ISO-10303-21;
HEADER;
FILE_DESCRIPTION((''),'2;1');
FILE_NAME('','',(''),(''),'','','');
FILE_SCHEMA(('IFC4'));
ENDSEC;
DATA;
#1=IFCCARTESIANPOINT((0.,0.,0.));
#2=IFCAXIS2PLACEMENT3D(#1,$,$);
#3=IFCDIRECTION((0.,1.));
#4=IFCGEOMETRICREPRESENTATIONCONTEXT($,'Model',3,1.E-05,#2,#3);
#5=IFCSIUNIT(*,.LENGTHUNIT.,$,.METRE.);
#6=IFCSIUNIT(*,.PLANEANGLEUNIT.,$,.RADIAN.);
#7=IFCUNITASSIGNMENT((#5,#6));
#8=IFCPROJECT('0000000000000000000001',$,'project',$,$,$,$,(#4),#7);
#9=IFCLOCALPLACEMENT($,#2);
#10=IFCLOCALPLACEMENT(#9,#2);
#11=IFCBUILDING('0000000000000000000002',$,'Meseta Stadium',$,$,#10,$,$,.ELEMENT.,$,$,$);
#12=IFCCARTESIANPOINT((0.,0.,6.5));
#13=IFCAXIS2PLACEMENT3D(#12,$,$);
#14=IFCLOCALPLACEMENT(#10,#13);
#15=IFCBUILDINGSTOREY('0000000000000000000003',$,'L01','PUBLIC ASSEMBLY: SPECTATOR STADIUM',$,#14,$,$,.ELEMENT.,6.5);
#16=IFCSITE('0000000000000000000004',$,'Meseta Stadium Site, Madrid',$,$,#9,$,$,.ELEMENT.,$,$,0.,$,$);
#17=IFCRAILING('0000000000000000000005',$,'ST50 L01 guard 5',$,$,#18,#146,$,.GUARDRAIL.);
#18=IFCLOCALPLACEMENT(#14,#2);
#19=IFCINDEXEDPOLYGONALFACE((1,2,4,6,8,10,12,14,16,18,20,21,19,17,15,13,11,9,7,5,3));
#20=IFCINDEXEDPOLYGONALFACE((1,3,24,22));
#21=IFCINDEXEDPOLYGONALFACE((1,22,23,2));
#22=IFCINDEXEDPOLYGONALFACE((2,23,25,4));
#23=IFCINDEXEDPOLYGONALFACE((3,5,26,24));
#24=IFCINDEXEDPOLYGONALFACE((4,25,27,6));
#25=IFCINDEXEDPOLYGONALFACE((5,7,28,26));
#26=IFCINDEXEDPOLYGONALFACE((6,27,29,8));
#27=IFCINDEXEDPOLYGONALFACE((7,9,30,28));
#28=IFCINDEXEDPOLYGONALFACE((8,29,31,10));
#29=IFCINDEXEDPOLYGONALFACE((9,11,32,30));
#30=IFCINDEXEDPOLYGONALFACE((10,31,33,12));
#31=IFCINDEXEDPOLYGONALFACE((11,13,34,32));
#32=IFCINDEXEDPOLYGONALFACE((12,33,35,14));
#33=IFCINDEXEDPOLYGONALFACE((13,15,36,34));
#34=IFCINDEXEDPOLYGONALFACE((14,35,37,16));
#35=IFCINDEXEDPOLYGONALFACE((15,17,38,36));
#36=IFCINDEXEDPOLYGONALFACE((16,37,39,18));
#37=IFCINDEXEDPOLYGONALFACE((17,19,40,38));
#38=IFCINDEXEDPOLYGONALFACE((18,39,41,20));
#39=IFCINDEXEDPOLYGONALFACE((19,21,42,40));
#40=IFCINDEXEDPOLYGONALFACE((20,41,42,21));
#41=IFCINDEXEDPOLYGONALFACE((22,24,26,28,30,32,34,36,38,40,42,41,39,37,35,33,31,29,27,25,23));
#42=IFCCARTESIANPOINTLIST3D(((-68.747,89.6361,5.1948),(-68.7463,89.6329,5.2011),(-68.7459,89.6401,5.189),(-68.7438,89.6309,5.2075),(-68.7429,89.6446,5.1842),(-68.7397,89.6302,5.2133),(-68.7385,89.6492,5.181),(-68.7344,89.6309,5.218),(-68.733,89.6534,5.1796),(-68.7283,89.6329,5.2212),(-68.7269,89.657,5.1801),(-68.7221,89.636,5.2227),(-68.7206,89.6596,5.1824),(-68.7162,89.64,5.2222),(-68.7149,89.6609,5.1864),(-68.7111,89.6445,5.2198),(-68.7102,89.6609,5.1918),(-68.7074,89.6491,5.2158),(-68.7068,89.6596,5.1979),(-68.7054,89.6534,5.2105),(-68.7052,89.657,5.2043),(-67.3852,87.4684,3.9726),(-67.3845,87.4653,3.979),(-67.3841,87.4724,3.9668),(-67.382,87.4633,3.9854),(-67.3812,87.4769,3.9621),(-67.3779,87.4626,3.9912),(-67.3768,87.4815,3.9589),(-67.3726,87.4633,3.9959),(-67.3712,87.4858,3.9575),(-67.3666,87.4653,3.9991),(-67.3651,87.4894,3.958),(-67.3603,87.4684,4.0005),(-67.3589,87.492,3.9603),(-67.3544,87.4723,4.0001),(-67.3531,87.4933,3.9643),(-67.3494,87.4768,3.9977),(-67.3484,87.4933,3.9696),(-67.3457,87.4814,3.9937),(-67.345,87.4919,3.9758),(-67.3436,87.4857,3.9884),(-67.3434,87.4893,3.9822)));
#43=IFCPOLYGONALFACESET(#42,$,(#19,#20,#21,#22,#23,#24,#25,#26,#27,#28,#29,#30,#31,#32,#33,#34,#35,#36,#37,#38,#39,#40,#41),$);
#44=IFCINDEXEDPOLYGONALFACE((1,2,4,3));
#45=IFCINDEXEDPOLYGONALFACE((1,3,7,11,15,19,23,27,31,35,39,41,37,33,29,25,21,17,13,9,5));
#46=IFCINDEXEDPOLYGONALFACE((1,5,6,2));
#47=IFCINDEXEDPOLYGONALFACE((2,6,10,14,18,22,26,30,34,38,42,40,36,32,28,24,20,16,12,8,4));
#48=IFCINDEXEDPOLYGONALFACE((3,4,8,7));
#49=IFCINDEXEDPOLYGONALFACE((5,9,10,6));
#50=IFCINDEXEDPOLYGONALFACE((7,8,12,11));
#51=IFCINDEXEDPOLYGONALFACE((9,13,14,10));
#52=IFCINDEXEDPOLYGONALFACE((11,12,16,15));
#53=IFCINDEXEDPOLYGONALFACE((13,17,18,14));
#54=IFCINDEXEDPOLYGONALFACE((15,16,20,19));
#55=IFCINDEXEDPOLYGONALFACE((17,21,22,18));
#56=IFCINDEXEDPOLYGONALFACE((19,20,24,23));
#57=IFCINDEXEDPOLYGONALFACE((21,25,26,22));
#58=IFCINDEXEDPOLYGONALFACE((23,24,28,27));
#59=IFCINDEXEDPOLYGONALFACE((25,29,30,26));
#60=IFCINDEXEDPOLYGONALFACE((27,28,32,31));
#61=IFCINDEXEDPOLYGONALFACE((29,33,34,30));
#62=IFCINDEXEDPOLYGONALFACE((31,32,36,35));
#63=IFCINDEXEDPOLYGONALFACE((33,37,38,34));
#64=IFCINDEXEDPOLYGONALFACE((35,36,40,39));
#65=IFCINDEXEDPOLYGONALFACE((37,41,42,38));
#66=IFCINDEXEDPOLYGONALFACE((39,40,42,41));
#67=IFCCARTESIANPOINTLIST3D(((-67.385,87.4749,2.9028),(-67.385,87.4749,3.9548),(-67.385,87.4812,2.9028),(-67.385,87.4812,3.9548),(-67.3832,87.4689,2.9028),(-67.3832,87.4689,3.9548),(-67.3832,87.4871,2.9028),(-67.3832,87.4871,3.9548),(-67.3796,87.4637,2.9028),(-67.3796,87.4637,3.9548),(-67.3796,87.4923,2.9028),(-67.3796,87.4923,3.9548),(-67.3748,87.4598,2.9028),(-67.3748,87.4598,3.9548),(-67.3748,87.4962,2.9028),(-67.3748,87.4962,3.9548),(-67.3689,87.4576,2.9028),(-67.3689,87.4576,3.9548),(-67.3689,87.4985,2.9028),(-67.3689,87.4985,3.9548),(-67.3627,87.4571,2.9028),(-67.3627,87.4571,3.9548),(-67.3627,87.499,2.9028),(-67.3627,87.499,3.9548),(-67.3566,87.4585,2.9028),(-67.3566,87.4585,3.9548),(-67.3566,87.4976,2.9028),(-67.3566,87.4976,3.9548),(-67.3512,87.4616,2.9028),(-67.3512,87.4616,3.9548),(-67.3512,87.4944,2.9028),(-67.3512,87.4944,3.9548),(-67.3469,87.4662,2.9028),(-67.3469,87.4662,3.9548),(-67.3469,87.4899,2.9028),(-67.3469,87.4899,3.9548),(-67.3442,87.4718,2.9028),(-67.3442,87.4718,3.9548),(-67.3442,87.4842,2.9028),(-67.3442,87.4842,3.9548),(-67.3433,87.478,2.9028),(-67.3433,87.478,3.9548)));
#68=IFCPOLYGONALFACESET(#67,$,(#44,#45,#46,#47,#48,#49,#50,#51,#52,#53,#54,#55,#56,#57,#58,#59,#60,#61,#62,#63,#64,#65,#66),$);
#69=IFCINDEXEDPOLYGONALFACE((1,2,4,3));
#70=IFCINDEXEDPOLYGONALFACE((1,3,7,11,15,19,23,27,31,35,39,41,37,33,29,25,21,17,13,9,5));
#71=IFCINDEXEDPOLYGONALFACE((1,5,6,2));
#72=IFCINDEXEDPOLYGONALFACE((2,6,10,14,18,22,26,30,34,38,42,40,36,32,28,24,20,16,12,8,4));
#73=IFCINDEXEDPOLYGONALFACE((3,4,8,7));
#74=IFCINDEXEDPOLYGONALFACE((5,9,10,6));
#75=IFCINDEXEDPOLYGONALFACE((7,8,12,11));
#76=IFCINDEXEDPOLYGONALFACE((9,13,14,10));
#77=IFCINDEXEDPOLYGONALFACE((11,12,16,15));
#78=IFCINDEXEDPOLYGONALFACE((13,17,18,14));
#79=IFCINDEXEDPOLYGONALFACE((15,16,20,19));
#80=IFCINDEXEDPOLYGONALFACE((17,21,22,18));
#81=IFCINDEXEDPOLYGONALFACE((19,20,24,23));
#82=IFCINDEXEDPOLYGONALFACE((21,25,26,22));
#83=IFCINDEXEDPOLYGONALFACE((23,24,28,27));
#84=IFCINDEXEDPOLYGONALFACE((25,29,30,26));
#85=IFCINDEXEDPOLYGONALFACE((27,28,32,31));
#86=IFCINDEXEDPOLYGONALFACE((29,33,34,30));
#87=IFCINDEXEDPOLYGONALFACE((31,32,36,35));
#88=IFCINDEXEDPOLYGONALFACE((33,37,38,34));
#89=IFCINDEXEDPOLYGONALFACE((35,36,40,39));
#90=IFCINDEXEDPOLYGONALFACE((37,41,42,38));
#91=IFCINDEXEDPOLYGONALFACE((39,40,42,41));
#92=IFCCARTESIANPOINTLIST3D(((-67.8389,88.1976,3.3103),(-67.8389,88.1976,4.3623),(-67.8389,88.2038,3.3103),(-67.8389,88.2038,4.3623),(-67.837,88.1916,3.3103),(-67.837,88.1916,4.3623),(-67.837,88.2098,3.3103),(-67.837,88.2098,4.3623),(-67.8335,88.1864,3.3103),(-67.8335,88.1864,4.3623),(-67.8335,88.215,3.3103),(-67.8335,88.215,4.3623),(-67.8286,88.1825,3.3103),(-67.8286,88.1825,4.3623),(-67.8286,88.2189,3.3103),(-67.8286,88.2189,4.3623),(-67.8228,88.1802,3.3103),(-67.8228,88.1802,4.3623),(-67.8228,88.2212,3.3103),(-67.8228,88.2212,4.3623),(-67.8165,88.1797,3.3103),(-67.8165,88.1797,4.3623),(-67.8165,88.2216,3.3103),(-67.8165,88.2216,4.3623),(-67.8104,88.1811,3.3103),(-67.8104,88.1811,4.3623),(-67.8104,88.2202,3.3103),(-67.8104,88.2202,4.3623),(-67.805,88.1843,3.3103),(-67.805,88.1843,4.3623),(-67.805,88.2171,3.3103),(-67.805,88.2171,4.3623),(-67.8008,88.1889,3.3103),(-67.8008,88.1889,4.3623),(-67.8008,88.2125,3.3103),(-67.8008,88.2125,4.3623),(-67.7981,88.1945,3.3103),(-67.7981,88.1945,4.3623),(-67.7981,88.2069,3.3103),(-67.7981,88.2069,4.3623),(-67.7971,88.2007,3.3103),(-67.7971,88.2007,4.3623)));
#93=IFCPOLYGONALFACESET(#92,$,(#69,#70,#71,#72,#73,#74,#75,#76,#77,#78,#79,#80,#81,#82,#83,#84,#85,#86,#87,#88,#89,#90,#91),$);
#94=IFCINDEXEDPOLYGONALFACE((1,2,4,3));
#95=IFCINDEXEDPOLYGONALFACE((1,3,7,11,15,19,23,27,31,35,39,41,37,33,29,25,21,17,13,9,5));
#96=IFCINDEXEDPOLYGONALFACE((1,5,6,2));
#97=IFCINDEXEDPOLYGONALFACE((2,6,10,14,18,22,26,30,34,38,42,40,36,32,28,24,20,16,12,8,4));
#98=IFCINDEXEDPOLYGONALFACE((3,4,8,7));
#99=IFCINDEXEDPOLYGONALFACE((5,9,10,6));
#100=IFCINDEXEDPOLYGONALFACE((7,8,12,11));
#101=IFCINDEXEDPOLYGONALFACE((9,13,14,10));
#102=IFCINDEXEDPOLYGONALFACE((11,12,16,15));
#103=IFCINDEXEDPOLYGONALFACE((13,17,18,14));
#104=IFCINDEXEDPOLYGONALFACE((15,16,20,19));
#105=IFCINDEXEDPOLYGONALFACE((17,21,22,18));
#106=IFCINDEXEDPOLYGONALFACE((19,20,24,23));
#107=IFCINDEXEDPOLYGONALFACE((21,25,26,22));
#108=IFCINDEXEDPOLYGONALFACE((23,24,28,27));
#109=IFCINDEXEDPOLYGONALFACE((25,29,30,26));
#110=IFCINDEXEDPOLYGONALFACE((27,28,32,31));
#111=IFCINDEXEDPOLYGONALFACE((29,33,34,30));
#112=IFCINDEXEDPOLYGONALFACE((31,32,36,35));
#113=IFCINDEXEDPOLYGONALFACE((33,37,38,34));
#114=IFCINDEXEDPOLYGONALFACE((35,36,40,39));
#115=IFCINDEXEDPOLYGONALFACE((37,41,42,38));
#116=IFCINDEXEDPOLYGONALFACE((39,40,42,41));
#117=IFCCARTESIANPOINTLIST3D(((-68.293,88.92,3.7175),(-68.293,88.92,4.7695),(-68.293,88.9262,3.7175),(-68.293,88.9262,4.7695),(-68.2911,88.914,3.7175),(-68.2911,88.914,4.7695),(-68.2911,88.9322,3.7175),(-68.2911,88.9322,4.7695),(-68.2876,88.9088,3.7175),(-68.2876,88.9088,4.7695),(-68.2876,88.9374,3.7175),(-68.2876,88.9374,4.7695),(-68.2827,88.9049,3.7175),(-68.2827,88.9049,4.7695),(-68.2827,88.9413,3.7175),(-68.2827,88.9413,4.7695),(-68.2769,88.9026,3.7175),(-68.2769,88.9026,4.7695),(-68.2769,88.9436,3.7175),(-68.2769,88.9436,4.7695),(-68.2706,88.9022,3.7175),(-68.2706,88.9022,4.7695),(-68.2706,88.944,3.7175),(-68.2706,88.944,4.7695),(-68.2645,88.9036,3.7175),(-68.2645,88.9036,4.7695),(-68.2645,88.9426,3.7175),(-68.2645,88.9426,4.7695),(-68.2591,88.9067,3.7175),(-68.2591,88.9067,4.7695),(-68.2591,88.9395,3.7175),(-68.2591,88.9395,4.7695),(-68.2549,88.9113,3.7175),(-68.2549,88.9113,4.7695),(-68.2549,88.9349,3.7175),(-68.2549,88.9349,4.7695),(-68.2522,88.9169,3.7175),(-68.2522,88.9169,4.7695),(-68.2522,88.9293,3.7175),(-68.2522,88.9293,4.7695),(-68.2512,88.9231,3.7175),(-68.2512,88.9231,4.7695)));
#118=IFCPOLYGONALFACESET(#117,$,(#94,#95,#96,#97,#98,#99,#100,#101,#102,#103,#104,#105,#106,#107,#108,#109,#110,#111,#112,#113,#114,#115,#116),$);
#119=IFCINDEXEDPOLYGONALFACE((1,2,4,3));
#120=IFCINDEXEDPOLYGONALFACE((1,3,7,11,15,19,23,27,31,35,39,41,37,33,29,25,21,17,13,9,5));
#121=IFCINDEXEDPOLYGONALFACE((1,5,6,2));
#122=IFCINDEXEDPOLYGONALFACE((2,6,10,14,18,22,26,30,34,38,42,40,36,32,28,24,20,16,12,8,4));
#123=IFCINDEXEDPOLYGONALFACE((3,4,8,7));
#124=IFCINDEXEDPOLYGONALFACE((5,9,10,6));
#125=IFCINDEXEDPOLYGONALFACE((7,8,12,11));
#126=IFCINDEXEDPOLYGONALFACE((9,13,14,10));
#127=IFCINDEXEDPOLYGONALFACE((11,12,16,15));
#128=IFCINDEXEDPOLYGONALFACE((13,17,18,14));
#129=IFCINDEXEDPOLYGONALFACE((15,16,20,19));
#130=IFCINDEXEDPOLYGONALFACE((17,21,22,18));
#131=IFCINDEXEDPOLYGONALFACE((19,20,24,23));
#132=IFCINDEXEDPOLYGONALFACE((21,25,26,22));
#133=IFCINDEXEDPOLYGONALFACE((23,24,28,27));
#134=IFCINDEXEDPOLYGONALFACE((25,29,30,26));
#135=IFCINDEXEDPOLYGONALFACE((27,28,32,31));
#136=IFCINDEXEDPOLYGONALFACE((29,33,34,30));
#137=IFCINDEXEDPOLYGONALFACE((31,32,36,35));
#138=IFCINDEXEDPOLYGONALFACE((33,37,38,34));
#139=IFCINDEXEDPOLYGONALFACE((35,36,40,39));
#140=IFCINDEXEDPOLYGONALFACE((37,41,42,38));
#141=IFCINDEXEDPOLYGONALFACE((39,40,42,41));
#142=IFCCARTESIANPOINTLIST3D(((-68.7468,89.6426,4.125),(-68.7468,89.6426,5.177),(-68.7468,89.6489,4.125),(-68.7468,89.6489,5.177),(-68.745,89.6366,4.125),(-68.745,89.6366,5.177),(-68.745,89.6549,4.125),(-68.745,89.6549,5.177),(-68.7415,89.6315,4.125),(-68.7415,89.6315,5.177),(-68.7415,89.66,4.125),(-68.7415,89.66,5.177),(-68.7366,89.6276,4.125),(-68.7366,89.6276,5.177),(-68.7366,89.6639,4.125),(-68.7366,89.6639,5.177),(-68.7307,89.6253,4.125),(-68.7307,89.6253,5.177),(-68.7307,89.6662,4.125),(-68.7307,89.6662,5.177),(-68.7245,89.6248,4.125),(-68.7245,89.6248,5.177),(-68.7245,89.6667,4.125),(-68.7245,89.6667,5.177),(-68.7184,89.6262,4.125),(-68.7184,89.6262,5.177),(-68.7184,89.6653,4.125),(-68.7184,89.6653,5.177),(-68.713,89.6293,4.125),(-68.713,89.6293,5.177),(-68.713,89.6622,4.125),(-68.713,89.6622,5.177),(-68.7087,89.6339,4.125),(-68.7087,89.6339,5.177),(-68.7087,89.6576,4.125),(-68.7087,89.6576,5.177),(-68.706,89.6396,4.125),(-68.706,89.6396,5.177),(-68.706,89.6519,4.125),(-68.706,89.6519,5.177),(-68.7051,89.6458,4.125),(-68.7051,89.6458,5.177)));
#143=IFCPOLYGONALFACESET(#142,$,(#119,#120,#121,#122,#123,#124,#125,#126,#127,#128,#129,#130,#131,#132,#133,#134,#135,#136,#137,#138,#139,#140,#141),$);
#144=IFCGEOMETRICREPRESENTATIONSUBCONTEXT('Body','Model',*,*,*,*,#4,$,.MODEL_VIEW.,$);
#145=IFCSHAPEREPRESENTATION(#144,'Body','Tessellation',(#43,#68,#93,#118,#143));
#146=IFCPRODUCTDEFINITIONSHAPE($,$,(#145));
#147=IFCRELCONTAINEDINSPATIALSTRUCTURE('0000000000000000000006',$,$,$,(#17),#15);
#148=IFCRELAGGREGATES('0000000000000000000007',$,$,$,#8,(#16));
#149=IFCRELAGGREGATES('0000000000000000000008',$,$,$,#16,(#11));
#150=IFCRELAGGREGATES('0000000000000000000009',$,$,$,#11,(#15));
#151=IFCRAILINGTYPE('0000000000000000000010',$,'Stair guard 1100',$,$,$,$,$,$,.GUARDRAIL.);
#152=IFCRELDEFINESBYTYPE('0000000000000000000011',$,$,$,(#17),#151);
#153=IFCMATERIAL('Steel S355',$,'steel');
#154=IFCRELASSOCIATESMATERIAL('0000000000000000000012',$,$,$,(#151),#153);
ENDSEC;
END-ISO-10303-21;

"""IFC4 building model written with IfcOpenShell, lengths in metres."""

from ifc_helpers import new_model, si_unit, direction, frame, origin, origin_2d, place, context, subcontext, project, spatial, circle, extrude, material, type_object, element, save


model = new_model("IFC4")

# Units and contexts
model_context = context("Model", 3, precision=1e-05, world=origin(), true_north=direction((0.0, 1.0)))
body_context = subcontext(model_context, "Body", "Model", "MODEL_VIEW")
ifc_project = project(units=[si_unit("LENGTHUNIT", "METRE"), si_unit("PLANEANGLEUNIT", "RADIAN")], contexts=[model_context])

# Site, building, storey
site_placement = place(None, origin())
site = spatial("IfcSite", under=ifc_project, at=site_placement, Name="Meseta Stadium Site, Madrid", CompositionType="ELEMENT", RefElevation=0.0)
building_placement = place(site_placement, origin())
building = spatial("IfcBuilding", under=site, at=building_placement, Name="Meseta Stadium", CompositionType="ELEMENT")
storey_placement = place(building_placement, frame((0.0, 0.0, 6.5)))
storey = spatial("IfcBuildingStorey", under=building, at=storey_placement, Name="L01", Description="PUBLIC ASSEMBLY: SPECTATOR STADIUM", CompositionType="ELEMENT", Elevation=6.5)

# Railing
ifc_material_1 = material(Name="Steel S355", Category="steel")
railing_type_1 = type_object("IfcRailingType", Name="Stair guard 1100", PredefinedType="GUARDRAIL", material=ifc_material_1)
railing_1_placement = place(storey_placement, frame((-67.3643, 87.478, 2.9028)))
element("IfcRailing", 1, at=railing_1_placement, inside=storey, type_object=railing_type_1, Name="ST50 L01 guard 5", PredefinedType="GUARDRAIL", context=body_context, shape_type="SweptSolid", body=[
    extrude(circle(Radius=0.0239, at=origin_2d()), frame((0.0, 0.0, 1.0762), z_axis=(-0.480059, 0.764152, 0.430831), x_axis=(-0.846769, -0.531961, 0.0)), (0.0, 0.0, 1.0), 2.8367),
    extrude(circle(Radius=0.021, at=origin_2d()), origin(), (0.0, 0.0, 1.0), 1.052),
    extrude(circle(Radius=0.021, at=origin_2d()), frame((-0.4539, 0.7227, 0.4075)), (0.0, 0.0, 1.0), 1.052),
    extrude(circle(Radius=0.021, at=origin_2d()), frame((-0.908, 1.4451, 0.8147)), (0.0, 0.0, 1.0), 1.052),
    extrude(circle(Radius=0.021, at=origin_2d()), frame((-1.3618, 2.1677, 1.2222)), (0.0, 0.0, 1.0), 1.052),
])

save(model, "model.ifc")
